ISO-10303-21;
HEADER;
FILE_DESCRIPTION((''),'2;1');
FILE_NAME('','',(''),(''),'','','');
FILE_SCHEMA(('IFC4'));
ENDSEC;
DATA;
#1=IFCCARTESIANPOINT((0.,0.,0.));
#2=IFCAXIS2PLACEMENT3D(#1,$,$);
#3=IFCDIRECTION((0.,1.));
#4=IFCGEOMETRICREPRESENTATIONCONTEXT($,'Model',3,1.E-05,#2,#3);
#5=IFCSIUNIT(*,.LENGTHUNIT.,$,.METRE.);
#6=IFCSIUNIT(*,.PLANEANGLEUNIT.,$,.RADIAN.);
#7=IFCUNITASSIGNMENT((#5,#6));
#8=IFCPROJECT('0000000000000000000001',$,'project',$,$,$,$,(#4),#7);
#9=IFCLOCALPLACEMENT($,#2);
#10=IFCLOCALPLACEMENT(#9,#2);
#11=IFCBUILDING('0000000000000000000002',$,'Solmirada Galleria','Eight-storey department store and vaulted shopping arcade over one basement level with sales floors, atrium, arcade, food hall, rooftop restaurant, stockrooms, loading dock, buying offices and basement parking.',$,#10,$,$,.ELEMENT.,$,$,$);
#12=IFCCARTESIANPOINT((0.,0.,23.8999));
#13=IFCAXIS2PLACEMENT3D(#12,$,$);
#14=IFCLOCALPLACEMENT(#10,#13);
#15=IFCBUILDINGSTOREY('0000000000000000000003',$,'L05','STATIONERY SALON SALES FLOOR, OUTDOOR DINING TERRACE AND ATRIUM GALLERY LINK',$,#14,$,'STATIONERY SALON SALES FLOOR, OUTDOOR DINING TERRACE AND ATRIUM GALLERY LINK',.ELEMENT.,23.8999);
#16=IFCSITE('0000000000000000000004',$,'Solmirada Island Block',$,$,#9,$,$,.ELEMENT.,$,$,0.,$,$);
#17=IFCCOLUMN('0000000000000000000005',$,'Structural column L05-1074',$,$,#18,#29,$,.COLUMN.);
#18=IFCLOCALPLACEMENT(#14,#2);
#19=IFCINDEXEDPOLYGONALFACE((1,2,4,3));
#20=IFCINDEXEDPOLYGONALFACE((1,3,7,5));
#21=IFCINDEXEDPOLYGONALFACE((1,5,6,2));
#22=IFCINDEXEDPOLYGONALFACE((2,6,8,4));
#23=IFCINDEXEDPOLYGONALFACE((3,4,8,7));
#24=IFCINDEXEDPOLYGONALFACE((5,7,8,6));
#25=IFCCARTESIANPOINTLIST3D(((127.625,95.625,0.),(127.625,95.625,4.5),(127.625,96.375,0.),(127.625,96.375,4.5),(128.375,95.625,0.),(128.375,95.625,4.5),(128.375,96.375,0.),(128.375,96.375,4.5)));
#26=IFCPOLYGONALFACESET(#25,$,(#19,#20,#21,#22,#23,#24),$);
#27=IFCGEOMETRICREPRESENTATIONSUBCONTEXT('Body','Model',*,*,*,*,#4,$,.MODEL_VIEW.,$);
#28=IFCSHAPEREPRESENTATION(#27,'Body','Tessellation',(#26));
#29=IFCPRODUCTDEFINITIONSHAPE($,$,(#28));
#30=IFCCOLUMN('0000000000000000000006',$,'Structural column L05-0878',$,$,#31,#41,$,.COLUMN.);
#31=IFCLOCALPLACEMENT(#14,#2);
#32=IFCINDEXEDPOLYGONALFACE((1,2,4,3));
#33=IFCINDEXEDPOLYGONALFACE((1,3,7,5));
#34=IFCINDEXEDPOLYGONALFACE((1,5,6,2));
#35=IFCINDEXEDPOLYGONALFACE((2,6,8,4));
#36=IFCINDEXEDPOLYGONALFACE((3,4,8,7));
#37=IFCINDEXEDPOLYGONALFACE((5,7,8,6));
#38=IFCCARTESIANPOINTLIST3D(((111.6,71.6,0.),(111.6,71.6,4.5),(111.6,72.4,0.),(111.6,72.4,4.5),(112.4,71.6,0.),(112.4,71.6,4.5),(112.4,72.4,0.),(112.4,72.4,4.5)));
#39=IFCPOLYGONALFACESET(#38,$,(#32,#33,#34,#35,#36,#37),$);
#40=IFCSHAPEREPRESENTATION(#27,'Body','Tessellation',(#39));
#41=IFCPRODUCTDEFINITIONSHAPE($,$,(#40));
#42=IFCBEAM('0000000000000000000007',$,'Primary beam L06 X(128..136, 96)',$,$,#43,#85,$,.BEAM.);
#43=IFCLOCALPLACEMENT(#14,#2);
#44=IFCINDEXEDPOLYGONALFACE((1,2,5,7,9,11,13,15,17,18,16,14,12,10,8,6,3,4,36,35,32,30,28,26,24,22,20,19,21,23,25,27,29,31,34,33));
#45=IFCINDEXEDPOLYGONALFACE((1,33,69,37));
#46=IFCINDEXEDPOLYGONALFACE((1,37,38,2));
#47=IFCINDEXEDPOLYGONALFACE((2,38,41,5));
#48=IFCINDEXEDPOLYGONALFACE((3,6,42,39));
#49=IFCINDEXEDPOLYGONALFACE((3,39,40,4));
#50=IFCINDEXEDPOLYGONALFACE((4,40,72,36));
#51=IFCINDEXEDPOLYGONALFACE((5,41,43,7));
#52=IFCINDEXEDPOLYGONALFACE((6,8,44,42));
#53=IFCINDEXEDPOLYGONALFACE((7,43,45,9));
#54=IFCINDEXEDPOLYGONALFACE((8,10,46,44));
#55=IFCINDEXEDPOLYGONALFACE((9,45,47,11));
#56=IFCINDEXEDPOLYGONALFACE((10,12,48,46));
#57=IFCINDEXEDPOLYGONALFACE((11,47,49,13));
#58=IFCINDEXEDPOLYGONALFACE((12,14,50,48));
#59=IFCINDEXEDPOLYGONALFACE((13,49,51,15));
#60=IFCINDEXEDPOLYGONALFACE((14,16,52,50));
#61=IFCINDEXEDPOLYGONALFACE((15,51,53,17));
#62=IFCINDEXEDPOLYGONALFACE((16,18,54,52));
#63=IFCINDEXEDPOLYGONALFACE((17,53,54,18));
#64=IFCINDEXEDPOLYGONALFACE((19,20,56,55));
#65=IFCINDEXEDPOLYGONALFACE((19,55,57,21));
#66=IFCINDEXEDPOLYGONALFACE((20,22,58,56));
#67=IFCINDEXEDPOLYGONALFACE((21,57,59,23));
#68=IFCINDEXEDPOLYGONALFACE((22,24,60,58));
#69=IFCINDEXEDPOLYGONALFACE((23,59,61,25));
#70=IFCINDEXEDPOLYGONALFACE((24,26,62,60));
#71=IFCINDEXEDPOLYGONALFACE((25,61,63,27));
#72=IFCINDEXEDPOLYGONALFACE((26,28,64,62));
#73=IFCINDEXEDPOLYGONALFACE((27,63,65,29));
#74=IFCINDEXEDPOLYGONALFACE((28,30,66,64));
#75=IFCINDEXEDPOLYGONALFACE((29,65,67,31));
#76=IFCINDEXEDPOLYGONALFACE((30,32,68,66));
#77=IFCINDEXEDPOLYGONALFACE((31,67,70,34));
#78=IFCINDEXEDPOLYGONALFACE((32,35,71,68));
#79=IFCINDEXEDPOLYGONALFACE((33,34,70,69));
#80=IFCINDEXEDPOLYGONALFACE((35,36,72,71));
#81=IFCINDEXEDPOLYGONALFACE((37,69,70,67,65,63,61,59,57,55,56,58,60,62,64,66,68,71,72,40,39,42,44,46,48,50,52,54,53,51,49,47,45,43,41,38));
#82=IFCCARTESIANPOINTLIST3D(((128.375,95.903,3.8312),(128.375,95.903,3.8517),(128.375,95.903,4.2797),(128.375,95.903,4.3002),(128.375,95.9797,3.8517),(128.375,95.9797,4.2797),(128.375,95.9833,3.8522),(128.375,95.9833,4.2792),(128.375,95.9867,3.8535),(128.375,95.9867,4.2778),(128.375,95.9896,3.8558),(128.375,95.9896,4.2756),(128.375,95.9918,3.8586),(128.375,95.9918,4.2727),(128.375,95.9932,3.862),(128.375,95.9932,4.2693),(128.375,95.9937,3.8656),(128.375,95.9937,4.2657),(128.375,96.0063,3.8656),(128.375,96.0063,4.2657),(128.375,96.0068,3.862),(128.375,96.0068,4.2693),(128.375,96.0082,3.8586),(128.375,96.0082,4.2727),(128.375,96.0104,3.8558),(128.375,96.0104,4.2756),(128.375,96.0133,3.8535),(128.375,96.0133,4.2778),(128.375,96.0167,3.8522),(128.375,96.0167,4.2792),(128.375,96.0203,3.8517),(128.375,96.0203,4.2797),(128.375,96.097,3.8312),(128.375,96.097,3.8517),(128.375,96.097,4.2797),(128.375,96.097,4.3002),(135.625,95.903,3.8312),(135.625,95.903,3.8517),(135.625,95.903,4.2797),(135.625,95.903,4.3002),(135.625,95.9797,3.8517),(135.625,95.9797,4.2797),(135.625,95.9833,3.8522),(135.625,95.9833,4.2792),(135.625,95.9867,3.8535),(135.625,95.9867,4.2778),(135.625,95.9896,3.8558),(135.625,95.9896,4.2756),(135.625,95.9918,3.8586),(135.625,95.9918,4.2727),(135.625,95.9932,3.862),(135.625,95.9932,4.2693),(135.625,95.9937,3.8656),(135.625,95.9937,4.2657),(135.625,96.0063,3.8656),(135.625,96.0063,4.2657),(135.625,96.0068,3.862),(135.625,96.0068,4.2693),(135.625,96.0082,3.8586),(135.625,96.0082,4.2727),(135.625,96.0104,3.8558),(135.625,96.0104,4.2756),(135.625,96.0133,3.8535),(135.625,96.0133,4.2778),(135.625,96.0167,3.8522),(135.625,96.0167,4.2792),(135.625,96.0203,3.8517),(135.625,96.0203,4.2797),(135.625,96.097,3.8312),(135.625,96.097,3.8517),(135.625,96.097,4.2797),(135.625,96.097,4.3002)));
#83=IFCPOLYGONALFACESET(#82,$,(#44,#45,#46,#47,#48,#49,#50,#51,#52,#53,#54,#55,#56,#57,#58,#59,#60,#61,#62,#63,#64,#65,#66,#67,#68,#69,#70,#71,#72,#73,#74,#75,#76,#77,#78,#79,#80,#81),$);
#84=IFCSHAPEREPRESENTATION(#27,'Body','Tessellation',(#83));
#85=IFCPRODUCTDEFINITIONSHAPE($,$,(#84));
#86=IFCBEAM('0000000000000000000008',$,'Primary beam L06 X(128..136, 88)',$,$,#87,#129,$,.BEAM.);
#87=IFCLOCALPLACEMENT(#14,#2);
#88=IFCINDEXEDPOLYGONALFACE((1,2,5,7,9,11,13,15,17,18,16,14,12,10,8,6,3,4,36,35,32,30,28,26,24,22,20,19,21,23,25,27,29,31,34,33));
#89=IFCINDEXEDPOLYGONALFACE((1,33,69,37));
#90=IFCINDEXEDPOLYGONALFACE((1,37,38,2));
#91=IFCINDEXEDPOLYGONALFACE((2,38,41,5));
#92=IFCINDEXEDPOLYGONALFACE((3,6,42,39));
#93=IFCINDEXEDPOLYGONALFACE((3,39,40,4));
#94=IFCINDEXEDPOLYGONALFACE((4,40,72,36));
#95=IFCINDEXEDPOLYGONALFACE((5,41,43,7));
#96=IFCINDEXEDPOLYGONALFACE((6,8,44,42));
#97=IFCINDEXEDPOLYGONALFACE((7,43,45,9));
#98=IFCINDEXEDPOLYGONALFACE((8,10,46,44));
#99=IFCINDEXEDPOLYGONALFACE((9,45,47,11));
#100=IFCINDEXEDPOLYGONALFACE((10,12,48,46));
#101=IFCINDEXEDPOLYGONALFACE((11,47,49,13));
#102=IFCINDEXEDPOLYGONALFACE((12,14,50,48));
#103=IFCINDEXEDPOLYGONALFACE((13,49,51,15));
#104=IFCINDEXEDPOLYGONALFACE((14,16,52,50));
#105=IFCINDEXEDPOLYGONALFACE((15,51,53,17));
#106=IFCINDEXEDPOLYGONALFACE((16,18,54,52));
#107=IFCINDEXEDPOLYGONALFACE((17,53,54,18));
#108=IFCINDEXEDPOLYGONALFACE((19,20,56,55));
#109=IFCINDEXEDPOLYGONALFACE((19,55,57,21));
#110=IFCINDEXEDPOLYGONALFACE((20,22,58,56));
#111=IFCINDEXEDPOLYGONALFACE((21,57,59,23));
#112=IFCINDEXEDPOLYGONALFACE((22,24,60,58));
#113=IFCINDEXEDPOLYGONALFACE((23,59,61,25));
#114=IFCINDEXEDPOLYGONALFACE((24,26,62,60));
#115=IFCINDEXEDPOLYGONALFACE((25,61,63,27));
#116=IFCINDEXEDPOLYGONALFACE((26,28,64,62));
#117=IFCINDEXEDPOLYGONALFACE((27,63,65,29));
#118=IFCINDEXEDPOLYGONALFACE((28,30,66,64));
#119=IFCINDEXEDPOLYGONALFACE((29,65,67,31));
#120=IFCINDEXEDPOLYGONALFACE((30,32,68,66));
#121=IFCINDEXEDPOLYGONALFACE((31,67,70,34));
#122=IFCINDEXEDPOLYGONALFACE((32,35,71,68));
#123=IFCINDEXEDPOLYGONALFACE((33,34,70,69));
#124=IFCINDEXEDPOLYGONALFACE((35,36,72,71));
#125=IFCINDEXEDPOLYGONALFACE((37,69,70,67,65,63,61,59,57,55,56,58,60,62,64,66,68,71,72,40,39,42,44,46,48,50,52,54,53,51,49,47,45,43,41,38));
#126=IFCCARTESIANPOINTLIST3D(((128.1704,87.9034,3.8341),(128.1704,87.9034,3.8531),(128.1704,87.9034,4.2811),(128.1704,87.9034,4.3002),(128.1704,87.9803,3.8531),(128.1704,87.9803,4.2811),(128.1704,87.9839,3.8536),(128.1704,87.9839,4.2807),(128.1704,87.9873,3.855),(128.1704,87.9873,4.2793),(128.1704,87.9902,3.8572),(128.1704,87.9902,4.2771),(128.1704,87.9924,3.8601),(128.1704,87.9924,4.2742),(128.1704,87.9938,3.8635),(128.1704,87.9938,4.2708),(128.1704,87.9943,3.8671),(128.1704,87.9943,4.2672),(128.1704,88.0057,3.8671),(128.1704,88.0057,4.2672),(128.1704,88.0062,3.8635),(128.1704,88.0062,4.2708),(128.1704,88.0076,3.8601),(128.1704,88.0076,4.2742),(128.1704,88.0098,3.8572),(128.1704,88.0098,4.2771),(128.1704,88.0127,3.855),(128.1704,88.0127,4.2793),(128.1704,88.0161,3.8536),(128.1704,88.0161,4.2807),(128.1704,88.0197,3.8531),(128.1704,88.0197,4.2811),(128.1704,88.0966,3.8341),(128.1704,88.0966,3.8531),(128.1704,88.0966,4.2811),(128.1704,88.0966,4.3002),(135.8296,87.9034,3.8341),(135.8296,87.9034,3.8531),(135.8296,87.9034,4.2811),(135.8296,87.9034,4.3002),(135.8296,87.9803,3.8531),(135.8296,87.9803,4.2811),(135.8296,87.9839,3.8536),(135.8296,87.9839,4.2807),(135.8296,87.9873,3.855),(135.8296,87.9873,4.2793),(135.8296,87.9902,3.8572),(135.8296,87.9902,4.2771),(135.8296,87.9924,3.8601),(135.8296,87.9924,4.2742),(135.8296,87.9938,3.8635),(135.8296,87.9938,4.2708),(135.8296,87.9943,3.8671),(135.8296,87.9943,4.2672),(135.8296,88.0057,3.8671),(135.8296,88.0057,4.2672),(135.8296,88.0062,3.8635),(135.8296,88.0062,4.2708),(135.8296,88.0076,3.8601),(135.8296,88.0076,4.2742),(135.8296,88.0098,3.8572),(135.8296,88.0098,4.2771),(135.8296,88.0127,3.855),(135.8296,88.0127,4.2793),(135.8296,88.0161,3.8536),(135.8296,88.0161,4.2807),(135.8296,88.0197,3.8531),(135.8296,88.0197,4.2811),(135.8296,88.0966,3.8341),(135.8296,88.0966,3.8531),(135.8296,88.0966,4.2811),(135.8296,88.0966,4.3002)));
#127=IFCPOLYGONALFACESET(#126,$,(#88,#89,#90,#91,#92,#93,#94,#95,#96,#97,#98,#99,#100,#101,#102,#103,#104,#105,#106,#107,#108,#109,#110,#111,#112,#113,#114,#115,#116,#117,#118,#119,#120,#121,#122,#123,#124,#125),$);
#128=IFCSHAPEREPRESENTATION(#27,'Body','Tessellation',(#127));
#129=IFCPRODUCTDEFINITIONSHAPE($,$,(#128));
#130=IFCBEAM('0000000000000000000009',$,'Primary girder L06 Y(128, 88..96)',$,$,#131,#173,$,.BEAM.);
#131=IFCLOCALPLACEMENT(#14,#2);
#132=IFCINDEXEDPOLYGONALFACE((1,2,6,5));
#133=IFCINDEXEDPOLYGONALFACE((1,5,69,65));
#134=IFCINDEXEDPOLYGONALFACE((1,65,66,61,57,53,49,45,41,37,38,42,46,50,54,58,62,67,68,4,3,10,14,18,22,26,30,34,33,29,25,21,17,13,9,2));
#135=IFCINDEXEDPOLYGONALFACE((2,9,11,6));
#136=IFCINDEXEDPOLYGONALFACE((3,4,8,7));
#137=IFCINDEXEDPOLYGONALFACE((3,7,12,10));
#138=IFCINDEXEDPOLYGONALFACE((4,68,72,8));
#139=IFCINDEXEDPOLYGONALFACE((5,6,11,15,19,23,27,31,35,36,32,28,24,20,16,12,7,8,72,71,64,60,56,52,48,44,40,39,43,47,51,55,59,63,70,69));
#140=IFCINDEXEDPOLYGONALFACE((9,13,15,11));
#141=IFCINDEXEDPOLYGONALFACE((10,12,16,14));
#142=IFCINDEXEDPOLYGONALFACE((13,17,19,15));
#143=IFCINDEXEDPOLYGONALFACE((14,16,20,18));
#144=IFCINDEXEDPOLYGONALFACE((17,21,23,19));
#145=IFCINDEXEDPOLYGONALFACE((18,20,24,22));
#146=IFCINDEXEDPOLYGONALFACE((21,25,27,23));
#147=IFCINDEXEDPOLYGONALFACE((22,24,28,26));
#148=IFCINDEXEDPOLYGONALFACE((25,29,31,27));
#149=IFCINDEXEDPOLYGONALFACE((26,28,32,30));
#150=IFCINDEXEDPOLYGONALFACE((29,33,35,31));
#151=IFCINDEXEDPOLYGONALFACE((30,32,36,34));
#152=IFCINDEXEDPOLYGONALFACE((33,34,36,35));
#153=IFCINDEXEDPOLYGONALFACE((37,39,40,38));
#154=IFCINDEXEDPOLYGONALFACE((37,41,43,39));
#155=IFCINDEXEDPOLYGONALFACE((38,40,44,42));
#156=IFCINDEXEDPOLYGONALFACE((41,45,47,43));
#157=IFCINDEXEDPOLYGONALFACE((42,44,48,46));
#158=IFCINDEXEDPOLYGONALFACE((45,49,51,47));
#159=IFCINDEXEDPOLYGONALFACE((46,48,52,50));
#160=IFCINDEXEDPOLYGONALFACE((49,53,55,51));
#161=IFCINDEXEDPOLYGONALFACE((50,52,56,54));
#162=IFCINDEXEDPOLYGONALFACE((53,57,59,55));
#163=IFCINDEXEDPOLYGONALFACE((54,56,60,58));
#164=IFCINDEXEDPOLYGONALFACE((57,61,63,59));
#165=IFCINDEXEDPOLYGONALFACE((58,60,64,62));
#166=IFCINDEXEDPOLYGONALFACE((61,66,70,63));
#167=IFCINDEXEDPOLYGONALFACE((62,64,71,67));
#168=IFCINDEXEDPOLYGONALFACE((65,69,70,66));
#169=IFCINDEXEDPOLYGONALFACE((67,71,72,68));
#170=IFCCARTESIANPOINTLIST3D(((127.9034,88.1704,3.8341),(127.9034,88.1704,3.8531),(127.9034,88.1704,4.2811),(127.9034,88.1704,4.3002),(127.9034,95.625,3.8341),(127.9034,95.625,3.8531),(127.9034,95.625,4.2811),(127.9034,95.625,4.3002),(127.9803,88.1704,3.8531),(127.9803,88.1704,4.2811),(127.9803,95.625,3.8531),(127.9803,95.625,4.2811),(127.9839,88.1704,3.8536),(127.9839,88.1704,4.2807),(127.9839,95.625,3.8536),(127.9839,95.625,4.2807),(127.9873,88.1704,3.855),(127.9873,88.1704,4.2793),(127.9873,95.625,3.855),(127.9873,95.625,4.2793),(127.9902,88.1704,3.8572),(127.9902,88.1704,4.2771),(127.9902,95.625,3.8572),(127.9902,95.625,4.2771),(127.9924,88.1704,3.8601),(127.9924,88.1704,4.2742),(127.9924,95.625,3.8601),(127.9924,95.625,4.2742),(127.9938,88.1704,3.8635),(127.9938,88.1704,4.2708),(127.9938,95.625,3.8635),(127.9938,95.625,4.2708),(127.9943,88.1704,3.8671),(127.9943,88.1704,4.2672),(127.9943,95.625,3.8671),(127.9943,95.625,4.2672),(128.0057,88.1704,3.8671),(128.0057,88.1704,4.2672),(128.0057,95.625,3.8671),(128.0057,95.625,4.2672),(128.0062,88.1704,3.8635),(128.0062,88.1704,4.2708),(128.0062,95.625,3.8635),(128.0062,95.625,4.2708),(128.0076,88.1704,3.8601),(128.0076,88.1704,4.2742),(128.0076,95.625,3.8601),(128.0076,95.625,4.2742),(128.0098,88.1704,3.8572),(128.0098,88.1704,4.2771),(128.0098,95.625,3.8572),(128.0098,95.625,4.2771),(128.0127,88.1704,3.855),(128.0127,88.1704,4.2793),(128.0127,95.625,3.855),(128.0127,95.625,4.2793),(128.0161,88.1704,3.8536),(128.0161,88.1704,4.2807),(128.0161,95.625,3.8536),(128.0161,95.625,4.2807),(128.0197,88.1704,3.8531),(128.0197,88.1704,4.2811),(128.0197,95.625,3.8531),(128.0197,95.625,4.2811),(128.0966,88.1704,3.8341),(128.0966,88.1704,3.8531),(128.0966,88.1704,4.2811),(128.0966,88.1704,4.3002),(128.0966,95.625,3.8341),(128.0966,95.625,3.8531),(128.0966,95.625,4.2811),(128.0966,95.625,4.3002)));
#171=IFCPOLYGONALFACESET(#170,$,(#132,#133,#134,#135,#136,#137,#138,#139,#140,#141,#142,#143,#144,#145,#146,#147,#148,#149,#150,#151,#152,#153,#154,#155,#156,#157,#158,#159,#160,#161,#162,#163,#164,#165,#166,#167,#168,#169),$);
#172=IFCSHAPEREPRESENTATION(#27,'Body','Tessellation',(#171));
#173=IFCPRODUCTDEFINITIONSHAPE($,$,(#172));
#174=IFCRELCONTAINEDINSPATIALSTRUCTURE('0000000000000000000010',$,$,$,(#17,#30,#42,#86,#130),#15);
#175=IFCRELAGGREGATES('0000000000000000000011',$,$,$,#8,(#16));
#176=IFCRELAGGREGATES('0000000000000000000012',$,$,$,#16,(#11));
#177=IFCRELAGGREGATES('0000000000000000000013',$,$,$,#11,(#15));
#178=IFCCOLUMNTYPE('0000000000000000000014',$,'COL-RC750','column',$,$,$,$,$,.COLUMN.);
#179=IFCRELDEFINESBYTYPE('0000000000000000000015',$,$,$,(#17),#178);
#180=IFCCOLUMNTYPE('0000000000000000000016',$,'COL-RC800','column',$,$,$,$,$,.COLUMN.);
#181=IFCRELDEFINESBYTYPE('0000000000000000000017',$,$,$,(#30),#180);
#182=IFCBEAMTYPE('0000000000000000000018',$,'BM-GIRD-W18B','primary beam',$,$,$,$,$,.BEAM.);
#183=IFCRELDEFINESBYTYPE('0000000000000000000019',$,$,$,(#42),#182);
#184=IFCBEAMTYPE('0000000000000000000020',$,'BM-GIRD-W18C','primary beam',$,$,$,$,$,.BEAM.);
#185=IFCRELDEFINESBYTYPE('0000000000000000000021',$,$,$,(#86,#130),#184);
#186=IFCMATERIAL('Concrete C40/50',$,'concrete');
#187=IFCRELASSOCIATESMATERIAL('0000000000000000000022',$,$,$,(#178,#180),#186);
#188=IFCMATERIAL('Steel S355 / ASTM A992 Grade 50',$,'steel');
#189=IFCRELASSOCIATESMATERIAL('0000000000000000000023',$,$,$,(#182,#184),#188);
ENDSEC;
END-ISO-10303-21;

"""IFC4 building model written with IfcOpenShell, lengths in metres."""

from ifc_helpers import new_model, si_unit, direction, frame, origin, origin_2d, place, context, subcontext, project, spatial, rectangle, i_section, extrude, material, material_profile, profile_set, type_object, element, save


model = new_model("IFC4")

# Units and contexts
model_context = context("Model", 3, precision=1e-05, world=origin(), true_north=direction((0.0, 1.0)))
body_context = subcontext(model_context, "Body", "Model", "MODEL_VIEW")
ifc_project = project(units=[si_unit("LENGTHUNIT", "METRE"), si_unit("PLANEANGLEUNIT", "RADIAN")], contexts=[model_context])

# Site, building, storey
site_placement = place(None, origin())
site = spatial("IfcSite", under=ifc_project, at=site_placement, Name="Solmirada Island Block", CompositionType="ELEMENT", RefElevation=0.0)
building_placement = place(site_placement, origin())
building = spatial("IfcBuilding", under=site, at=building_placement, Name="Solmirada Galleria", Description="Eight-storey department store and vaulted shopping arcade over one basement level with sales floors, atrium, arcade, food hall, rooftop restaurant, stockrooms, loading dock, buying offices and basement parking.", CompositionType="ELEMENT")
storey_placement = place(building_placement, frame((0.0, 0.0, 23.8999)))
storey = spatial("IfcBuildingStorey", under=building, at=storey_placement, Name="L05", Description="STATIONERY SALON SALES FLOOR, OUTDOOR DINING TERRACE AND ATRIUM GALLERY LINK", LongName="STATIONERY SALON SALES FLOOR, OUTDOOR DINING TERRACE AND ATRIUM GALLERY LINK", CompositionType="ELEMENT", Elevation=23.8999)

# Columns
ifc_material_1 = material(Name="Concrete C40/50", Category="concrete")
ifc_material_profile_1 = material_profile(ifc_material_1, rectangle(XDim=0.75, YDim=0.75, at=origin_2d()), Name="RC750X750")
ifc_profile_set_1 = profile_set([ifc_material_profile_1], Name="Concrete C40/50")
column_type_1 = type_object("IfcColumnType", Name="COL-RC750", Description="column", PredefinedType="COLUMN", material=ifc_profile_set_1)
column_1_placement = place(storey_placement, frame((128.0, 96.0, 0.0), z_axis=(0.0, 0.0, 1.0), x_axis=(1.0, 0.0, 0.0)))
element("IfcColumn", 1, at=column_1_placement, inside=storey, type_object=column_type_1, Name="Structural column L05-1074", PredefinedType="COLUMN", context=body_context, shape_type="SweptSolid", body=[
    extrude(rectangle(XDim=0.75, YDim=0.75, at=origin_2d()), origin(), (0.0, 0.0, 1.0), 4.5),
])
ifc_material_profile_2 = material_profile(ifc_material_1, rectangle(XDim=0.8, YDim=0.8, at=origin_2d()), Name="RC800X800")
ifc_profile_set_2 = profile_set([ifc_material_profile_2], Name="Concrete C40/50")
column_type_2 = type_object("IfcColumnType", Name="COL-RC800", Description="column", PredefinedType="COLUMN", material=ifc_profile_set_2)
column_2_placement = place(storey_placement, frame((112.0, 72.0, 0.0), z_axis=(0.0, 0.0, 1.0), x_axis=(1.0, 0.0, 0.0)))
element("IfcColumn", 2, at=column_2_placement, inside=storey, type_object=column_type_2, Name="Structural column L05-0878", PredefinedType="COLUMN", context=body_context, shape_type="SweptSolid", body=[
    extrude(rectangle(XDim=0.8, YDim=0.8, at=origin_2d()), origin(), (0.0, 0.0, 1.0), 4.5),
])

# Beams
ifc_material_2 = material(Name="Steel S355 / ASTM A992 Grade 50", Category="steel")
ifc_material_profile_3 = material_profile(ifc_material_2, i_section(OverallWidth=0.1941, OverallDepth=0.469, WebThickness=0.0127, FlangeThickness=0.0205, FilletRadius=0.0139, at=origin_2d()), Name="W18X71")
ifc_profile_set_3 = profile_set([ifc_material_profile_3], Name="Steel S355 / ASTM A992 Grade 50")
beam_type_1 = type_object("IfcBeamType", Name="BM-GIRD-W18B", Description="primary beam", PredefinedType="BEAM", material=ifc_profile_set_3)
beam_1_placement = place(storey_placement, frame((128.375, 96.0, 4.0657), z_axis=(1.0, 0.0, 0.0), x_axis=(0.0, 1.0, 0.0)))
element("IfcBeam", 3, at=beam_1_placement, inside=storey, type_object=beam_type_1, Name="Primary beam L06 X(128..136, 96)", PredefinedType="BEAM", context=body_context, shape_type="SweptSolid", body=[
    extrude(i_section(OverallWidth=0.1941, OverallDepth=0.469, WebThickness=0.0127, FlangeThickness=0.0205, FilletRadius=0.0139, at=origin_2d()), origin(), (0.0, 0.0, 1.0), 7.25),
])
ifc_material_profile_4 = material_profile(ifc_material_2, i_section(OverallWidth=0.1931, OverallDepth=0.4661, WebThickness=0.0115, FlangeThickness=0.019, FilletRadius=0.0139, at=origin_2d()), Name="W18X65")
ifc_profile_set_4 = profile_set([ifc_material_profile_4], Name="Steel S355 / ASTM A992 Grade 50")
beam_type_2 = type_object("IfcBeamType", Name="BM-GIRD-W18C", Description="primary beam", PredefinedType="BEAM", material=ifc_profile_set_4)
beam_2_placement = place(storey_placement, frame((128.1704, 88.0, 4.0671), z_axis=(1.0, 0.0, 0.0), x_axis=(0.0, 1.0, 0.0)))
element("IfcBeam", 4, at=beam_2_placement, inside=storey, type_object=beam_type_2, Name="Primary beam L06 X(128..136, 88)", PredefinedType="BEAM", context=body_context, shape_type="SweptSolid", body=[
    extrude(i_section(OverallWidth=0.1931, OverallDepth=0.4661, WebThickness=0.0115, FlangeThickness=0.019, FilletRadius=0.0139, at=origin_2d()), origin(), (0.0, 0.0, 1.0), 7.6592),
])
beam_3_placement = place(storey_placement, frame((128.0, 88.1704, 4.0671), z_axis=(0.0, 1.0, 0.0), x_axis=(-1.0, 0.0, 0.0)))
element("IfcBeam", 5, at=beam_3_placement, inside=storey, type_object=beam_type_2, Name="Primary girder L06 Y(128, 88..96)", PredefinedType="BEAM", context=body_context, shape_type="SweptSolid", body=[
    extrude(i_section(OverallWidth=0.1931, OverallDepth=0.4661, WebThickness=0.0115, FlangeThickness=0.019, FilletRadius=0.0139, at=origin_2d()), origin(), (0.0, 0.0, 1.0), 7.4546),
])

save(model, "model.ifc")
